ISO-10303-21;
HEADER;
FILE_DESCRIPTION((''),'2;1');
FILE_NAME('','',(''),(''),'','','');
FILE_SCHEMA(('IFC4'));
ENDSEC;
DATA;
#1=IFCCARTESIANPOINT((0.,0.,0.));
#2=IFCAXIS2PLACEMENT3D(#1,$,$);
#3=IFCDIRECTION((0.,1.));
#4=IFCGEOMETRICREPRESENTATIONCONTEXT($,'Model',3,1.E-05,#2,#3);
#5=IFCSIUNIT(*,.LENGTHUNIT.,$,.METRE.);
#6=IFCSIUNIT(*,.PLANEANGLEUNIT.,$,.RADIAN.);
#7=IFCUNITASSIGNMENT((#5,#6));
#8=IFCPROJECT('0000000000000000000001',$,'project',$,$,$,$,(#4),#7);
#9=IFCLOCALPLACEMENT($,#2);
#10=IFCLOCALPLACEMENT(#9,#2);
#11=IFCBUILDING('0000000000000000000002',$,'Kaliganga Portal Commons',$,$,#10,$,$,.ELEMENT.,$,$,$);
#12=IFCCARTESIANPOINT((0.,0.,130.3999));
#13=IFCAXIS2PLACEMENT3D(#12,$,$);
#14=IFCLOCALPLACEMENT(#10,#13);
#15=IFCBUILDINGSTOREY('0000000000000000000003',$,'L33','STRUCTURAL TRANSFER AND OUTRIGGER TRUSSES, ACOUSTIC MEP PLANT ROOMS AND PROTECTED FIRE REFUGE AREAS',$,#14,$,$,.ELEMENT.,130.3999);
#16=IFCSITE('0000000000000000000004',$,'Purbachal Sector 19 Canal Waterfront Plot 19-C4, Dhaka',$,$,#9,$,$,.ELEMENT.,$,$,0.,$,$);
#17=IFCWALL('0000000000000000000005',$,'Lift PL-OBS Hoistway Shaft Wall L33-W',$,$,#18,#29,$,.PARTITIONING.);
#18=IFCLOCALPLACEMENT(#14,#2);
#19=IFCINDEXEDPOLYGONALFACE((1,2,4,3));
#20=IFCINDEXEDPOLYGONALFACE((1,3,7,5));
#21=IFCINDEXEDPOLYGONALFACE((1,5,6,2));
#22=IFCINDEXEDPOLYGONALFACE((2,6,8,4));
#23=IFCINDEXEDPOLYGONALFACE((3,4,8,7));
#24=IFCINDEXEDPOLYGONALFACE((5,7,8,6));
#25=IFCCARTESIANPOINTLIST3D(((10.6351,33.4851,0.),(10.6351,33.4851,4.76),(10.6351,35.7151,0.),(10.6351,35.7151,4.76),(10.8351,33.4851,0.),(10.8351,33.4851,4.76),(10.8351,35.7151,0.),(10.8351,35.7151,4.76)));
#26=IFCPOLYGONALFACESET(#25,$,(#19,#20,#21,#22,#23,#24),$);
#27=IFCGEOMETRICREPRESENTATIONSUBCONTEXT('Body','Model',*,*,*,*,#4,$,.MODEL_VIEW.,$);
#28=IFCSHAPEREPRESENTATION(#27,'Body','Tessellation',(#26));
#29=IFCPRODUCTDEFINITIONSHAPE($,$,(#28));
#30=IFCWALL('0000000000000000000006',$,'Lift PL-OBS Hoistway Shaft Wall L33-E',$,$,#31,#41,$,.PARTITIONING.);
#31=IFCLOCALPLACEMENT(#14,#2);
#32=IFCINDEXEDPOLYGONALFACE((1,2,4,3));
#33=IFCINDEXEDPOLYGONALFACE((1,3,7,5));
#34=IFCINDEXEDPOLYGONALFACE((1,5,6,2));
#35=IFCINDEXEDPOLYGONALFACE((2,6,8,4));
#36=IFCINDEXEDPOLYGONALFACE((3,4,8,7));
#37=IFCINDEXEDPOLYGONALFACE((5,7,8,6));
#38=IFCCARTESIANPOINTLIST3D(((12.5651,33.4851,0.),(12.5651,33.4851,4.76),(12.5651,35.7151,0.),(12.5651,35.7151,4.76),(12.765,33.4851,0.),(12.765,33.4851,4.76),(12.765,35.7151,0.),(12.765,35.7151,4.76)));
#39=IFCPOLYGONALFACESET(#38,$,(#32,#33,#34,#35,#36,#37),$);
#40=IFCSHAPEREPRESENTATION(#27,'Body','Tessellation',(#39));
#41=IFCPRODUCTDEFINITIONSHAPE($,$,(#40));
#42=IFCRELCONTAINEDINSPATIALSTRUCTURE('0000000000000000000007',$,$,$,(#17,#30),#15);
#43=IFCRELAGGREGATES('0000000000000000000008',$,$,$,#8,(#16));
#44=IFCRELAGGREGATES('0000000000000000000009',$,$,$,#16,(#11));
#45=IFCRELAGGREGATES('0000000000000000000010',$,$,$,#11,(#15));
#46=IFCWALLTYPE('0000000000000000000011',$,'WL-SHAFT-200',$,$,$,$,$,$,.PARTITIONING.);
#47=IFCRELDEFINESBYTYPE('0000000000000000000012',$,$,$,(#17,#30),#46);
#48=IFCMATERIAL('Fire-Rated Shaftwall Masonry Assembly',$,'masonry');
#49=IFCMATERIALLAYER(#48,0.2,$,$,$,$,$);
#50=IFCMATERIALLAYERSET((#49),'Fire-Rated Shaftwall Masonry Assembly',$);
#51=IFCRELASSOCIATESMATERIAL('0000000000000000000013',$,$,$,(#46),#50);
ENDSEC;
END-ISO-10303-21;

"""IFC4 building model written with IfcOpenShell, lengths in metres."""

from ifc_helpers import new_model, si_unit, direction, frame, frame_2d, origin, place, context, subcontext, project, spatial, rectangle, extrude, material, layer, layer_set, type_object, element, save


model = new_model("IFC4")

# Units and contexts
model_context = context("Model", 3, precision=1e-05, world=origin(), true_north=direction((0.0, 1.0)))
body_context = subcontext(model_context, "Body", "Model", "MODEL_VIEW")
ifc_project = project(units=[si_unit("LENGTHUNIT", "METRE"), si_unit("PLANEANGLEUNIT", "RADIAN")], contexts=[model_context])

# Site, building, storey
site_placement = place(None, origin())
site = spatial("IfcSite", under=ifc_project, at=site_placement, Name="Purbachal Sector 19 Canal Waterfront Plot 19-C4, Dhaka", CompositionType="ELEMENT", RefElevation=0.0)
building_placement = place(site_placement, origin())
building = spatial("IfcBuilding", under=site, at=building_placement, Name="Kaliganga Portal Commons", CompositionType="ELEMENT")
storey_placement = place(building_placement, frame((0.0, 0.0, 130.3999)))
storey = spatial("IfcBuildingStorey", under=building, at=storey_placement, Name="L33", Description="STRUCTURAL TRANSFER AND OUTRIGGER TRUSSES, ACOUSTIC MEP PLANT ROOMS AND PROTECTED FIRE REFUGE AREAS", CompositionType="ELEMENT", Elevation=130.3999)

# Shared definitions
ifc_material_1 = material(Name="Fire-Rated Shaftwall Masonry Assembly", Category="masonry")
ifc_layer_1 = layer(ifc_material_1, 0.2)
ifc_layer_set_1 = layer_set([ifc_layer_1], Name="Fire-Rated Shaftwall Masonry Assembly")
wall_type_1 = type_object("IfcWallType", Name="WL-SHAFT-200", PredefinedType="PARTITIONING", material=ifc_layer_set_1)

# Walls
for number, where, z_axis, x_axis, name in (
    (1, (10.7351, 33.4851, 0.0), (0.0, 0.0, 1.0), (0.0, 1.0, 0.0), "Lift PL-OBS Hoistway Shaft Wall L33-W"),
    (2, (12.665, 33.4851, 0.0), (0.0, 0.0, 1.0), (0.0, 1.0, 0.0), "Lift PL-OBS Hoistway Shaft Wall L33-E"),
):
    element("IfcWall", number, at=place(storey_placement, frame(where, z_axis=z_axis, x_axis=x_axis)), inside=storey, type_object=wall_type_1, Name=name, PredefinedType="PARTITIONING", context=body_context, shape_type="SweptSolid", body=[
        extrude(rectangle(XDim=2.23, YDim=0.2, at=frame_2d((1.115, 0.0))), origin(), (0.0, 0.0, 1.0), 4.76),
    ])

save(model, "model.ifc")
